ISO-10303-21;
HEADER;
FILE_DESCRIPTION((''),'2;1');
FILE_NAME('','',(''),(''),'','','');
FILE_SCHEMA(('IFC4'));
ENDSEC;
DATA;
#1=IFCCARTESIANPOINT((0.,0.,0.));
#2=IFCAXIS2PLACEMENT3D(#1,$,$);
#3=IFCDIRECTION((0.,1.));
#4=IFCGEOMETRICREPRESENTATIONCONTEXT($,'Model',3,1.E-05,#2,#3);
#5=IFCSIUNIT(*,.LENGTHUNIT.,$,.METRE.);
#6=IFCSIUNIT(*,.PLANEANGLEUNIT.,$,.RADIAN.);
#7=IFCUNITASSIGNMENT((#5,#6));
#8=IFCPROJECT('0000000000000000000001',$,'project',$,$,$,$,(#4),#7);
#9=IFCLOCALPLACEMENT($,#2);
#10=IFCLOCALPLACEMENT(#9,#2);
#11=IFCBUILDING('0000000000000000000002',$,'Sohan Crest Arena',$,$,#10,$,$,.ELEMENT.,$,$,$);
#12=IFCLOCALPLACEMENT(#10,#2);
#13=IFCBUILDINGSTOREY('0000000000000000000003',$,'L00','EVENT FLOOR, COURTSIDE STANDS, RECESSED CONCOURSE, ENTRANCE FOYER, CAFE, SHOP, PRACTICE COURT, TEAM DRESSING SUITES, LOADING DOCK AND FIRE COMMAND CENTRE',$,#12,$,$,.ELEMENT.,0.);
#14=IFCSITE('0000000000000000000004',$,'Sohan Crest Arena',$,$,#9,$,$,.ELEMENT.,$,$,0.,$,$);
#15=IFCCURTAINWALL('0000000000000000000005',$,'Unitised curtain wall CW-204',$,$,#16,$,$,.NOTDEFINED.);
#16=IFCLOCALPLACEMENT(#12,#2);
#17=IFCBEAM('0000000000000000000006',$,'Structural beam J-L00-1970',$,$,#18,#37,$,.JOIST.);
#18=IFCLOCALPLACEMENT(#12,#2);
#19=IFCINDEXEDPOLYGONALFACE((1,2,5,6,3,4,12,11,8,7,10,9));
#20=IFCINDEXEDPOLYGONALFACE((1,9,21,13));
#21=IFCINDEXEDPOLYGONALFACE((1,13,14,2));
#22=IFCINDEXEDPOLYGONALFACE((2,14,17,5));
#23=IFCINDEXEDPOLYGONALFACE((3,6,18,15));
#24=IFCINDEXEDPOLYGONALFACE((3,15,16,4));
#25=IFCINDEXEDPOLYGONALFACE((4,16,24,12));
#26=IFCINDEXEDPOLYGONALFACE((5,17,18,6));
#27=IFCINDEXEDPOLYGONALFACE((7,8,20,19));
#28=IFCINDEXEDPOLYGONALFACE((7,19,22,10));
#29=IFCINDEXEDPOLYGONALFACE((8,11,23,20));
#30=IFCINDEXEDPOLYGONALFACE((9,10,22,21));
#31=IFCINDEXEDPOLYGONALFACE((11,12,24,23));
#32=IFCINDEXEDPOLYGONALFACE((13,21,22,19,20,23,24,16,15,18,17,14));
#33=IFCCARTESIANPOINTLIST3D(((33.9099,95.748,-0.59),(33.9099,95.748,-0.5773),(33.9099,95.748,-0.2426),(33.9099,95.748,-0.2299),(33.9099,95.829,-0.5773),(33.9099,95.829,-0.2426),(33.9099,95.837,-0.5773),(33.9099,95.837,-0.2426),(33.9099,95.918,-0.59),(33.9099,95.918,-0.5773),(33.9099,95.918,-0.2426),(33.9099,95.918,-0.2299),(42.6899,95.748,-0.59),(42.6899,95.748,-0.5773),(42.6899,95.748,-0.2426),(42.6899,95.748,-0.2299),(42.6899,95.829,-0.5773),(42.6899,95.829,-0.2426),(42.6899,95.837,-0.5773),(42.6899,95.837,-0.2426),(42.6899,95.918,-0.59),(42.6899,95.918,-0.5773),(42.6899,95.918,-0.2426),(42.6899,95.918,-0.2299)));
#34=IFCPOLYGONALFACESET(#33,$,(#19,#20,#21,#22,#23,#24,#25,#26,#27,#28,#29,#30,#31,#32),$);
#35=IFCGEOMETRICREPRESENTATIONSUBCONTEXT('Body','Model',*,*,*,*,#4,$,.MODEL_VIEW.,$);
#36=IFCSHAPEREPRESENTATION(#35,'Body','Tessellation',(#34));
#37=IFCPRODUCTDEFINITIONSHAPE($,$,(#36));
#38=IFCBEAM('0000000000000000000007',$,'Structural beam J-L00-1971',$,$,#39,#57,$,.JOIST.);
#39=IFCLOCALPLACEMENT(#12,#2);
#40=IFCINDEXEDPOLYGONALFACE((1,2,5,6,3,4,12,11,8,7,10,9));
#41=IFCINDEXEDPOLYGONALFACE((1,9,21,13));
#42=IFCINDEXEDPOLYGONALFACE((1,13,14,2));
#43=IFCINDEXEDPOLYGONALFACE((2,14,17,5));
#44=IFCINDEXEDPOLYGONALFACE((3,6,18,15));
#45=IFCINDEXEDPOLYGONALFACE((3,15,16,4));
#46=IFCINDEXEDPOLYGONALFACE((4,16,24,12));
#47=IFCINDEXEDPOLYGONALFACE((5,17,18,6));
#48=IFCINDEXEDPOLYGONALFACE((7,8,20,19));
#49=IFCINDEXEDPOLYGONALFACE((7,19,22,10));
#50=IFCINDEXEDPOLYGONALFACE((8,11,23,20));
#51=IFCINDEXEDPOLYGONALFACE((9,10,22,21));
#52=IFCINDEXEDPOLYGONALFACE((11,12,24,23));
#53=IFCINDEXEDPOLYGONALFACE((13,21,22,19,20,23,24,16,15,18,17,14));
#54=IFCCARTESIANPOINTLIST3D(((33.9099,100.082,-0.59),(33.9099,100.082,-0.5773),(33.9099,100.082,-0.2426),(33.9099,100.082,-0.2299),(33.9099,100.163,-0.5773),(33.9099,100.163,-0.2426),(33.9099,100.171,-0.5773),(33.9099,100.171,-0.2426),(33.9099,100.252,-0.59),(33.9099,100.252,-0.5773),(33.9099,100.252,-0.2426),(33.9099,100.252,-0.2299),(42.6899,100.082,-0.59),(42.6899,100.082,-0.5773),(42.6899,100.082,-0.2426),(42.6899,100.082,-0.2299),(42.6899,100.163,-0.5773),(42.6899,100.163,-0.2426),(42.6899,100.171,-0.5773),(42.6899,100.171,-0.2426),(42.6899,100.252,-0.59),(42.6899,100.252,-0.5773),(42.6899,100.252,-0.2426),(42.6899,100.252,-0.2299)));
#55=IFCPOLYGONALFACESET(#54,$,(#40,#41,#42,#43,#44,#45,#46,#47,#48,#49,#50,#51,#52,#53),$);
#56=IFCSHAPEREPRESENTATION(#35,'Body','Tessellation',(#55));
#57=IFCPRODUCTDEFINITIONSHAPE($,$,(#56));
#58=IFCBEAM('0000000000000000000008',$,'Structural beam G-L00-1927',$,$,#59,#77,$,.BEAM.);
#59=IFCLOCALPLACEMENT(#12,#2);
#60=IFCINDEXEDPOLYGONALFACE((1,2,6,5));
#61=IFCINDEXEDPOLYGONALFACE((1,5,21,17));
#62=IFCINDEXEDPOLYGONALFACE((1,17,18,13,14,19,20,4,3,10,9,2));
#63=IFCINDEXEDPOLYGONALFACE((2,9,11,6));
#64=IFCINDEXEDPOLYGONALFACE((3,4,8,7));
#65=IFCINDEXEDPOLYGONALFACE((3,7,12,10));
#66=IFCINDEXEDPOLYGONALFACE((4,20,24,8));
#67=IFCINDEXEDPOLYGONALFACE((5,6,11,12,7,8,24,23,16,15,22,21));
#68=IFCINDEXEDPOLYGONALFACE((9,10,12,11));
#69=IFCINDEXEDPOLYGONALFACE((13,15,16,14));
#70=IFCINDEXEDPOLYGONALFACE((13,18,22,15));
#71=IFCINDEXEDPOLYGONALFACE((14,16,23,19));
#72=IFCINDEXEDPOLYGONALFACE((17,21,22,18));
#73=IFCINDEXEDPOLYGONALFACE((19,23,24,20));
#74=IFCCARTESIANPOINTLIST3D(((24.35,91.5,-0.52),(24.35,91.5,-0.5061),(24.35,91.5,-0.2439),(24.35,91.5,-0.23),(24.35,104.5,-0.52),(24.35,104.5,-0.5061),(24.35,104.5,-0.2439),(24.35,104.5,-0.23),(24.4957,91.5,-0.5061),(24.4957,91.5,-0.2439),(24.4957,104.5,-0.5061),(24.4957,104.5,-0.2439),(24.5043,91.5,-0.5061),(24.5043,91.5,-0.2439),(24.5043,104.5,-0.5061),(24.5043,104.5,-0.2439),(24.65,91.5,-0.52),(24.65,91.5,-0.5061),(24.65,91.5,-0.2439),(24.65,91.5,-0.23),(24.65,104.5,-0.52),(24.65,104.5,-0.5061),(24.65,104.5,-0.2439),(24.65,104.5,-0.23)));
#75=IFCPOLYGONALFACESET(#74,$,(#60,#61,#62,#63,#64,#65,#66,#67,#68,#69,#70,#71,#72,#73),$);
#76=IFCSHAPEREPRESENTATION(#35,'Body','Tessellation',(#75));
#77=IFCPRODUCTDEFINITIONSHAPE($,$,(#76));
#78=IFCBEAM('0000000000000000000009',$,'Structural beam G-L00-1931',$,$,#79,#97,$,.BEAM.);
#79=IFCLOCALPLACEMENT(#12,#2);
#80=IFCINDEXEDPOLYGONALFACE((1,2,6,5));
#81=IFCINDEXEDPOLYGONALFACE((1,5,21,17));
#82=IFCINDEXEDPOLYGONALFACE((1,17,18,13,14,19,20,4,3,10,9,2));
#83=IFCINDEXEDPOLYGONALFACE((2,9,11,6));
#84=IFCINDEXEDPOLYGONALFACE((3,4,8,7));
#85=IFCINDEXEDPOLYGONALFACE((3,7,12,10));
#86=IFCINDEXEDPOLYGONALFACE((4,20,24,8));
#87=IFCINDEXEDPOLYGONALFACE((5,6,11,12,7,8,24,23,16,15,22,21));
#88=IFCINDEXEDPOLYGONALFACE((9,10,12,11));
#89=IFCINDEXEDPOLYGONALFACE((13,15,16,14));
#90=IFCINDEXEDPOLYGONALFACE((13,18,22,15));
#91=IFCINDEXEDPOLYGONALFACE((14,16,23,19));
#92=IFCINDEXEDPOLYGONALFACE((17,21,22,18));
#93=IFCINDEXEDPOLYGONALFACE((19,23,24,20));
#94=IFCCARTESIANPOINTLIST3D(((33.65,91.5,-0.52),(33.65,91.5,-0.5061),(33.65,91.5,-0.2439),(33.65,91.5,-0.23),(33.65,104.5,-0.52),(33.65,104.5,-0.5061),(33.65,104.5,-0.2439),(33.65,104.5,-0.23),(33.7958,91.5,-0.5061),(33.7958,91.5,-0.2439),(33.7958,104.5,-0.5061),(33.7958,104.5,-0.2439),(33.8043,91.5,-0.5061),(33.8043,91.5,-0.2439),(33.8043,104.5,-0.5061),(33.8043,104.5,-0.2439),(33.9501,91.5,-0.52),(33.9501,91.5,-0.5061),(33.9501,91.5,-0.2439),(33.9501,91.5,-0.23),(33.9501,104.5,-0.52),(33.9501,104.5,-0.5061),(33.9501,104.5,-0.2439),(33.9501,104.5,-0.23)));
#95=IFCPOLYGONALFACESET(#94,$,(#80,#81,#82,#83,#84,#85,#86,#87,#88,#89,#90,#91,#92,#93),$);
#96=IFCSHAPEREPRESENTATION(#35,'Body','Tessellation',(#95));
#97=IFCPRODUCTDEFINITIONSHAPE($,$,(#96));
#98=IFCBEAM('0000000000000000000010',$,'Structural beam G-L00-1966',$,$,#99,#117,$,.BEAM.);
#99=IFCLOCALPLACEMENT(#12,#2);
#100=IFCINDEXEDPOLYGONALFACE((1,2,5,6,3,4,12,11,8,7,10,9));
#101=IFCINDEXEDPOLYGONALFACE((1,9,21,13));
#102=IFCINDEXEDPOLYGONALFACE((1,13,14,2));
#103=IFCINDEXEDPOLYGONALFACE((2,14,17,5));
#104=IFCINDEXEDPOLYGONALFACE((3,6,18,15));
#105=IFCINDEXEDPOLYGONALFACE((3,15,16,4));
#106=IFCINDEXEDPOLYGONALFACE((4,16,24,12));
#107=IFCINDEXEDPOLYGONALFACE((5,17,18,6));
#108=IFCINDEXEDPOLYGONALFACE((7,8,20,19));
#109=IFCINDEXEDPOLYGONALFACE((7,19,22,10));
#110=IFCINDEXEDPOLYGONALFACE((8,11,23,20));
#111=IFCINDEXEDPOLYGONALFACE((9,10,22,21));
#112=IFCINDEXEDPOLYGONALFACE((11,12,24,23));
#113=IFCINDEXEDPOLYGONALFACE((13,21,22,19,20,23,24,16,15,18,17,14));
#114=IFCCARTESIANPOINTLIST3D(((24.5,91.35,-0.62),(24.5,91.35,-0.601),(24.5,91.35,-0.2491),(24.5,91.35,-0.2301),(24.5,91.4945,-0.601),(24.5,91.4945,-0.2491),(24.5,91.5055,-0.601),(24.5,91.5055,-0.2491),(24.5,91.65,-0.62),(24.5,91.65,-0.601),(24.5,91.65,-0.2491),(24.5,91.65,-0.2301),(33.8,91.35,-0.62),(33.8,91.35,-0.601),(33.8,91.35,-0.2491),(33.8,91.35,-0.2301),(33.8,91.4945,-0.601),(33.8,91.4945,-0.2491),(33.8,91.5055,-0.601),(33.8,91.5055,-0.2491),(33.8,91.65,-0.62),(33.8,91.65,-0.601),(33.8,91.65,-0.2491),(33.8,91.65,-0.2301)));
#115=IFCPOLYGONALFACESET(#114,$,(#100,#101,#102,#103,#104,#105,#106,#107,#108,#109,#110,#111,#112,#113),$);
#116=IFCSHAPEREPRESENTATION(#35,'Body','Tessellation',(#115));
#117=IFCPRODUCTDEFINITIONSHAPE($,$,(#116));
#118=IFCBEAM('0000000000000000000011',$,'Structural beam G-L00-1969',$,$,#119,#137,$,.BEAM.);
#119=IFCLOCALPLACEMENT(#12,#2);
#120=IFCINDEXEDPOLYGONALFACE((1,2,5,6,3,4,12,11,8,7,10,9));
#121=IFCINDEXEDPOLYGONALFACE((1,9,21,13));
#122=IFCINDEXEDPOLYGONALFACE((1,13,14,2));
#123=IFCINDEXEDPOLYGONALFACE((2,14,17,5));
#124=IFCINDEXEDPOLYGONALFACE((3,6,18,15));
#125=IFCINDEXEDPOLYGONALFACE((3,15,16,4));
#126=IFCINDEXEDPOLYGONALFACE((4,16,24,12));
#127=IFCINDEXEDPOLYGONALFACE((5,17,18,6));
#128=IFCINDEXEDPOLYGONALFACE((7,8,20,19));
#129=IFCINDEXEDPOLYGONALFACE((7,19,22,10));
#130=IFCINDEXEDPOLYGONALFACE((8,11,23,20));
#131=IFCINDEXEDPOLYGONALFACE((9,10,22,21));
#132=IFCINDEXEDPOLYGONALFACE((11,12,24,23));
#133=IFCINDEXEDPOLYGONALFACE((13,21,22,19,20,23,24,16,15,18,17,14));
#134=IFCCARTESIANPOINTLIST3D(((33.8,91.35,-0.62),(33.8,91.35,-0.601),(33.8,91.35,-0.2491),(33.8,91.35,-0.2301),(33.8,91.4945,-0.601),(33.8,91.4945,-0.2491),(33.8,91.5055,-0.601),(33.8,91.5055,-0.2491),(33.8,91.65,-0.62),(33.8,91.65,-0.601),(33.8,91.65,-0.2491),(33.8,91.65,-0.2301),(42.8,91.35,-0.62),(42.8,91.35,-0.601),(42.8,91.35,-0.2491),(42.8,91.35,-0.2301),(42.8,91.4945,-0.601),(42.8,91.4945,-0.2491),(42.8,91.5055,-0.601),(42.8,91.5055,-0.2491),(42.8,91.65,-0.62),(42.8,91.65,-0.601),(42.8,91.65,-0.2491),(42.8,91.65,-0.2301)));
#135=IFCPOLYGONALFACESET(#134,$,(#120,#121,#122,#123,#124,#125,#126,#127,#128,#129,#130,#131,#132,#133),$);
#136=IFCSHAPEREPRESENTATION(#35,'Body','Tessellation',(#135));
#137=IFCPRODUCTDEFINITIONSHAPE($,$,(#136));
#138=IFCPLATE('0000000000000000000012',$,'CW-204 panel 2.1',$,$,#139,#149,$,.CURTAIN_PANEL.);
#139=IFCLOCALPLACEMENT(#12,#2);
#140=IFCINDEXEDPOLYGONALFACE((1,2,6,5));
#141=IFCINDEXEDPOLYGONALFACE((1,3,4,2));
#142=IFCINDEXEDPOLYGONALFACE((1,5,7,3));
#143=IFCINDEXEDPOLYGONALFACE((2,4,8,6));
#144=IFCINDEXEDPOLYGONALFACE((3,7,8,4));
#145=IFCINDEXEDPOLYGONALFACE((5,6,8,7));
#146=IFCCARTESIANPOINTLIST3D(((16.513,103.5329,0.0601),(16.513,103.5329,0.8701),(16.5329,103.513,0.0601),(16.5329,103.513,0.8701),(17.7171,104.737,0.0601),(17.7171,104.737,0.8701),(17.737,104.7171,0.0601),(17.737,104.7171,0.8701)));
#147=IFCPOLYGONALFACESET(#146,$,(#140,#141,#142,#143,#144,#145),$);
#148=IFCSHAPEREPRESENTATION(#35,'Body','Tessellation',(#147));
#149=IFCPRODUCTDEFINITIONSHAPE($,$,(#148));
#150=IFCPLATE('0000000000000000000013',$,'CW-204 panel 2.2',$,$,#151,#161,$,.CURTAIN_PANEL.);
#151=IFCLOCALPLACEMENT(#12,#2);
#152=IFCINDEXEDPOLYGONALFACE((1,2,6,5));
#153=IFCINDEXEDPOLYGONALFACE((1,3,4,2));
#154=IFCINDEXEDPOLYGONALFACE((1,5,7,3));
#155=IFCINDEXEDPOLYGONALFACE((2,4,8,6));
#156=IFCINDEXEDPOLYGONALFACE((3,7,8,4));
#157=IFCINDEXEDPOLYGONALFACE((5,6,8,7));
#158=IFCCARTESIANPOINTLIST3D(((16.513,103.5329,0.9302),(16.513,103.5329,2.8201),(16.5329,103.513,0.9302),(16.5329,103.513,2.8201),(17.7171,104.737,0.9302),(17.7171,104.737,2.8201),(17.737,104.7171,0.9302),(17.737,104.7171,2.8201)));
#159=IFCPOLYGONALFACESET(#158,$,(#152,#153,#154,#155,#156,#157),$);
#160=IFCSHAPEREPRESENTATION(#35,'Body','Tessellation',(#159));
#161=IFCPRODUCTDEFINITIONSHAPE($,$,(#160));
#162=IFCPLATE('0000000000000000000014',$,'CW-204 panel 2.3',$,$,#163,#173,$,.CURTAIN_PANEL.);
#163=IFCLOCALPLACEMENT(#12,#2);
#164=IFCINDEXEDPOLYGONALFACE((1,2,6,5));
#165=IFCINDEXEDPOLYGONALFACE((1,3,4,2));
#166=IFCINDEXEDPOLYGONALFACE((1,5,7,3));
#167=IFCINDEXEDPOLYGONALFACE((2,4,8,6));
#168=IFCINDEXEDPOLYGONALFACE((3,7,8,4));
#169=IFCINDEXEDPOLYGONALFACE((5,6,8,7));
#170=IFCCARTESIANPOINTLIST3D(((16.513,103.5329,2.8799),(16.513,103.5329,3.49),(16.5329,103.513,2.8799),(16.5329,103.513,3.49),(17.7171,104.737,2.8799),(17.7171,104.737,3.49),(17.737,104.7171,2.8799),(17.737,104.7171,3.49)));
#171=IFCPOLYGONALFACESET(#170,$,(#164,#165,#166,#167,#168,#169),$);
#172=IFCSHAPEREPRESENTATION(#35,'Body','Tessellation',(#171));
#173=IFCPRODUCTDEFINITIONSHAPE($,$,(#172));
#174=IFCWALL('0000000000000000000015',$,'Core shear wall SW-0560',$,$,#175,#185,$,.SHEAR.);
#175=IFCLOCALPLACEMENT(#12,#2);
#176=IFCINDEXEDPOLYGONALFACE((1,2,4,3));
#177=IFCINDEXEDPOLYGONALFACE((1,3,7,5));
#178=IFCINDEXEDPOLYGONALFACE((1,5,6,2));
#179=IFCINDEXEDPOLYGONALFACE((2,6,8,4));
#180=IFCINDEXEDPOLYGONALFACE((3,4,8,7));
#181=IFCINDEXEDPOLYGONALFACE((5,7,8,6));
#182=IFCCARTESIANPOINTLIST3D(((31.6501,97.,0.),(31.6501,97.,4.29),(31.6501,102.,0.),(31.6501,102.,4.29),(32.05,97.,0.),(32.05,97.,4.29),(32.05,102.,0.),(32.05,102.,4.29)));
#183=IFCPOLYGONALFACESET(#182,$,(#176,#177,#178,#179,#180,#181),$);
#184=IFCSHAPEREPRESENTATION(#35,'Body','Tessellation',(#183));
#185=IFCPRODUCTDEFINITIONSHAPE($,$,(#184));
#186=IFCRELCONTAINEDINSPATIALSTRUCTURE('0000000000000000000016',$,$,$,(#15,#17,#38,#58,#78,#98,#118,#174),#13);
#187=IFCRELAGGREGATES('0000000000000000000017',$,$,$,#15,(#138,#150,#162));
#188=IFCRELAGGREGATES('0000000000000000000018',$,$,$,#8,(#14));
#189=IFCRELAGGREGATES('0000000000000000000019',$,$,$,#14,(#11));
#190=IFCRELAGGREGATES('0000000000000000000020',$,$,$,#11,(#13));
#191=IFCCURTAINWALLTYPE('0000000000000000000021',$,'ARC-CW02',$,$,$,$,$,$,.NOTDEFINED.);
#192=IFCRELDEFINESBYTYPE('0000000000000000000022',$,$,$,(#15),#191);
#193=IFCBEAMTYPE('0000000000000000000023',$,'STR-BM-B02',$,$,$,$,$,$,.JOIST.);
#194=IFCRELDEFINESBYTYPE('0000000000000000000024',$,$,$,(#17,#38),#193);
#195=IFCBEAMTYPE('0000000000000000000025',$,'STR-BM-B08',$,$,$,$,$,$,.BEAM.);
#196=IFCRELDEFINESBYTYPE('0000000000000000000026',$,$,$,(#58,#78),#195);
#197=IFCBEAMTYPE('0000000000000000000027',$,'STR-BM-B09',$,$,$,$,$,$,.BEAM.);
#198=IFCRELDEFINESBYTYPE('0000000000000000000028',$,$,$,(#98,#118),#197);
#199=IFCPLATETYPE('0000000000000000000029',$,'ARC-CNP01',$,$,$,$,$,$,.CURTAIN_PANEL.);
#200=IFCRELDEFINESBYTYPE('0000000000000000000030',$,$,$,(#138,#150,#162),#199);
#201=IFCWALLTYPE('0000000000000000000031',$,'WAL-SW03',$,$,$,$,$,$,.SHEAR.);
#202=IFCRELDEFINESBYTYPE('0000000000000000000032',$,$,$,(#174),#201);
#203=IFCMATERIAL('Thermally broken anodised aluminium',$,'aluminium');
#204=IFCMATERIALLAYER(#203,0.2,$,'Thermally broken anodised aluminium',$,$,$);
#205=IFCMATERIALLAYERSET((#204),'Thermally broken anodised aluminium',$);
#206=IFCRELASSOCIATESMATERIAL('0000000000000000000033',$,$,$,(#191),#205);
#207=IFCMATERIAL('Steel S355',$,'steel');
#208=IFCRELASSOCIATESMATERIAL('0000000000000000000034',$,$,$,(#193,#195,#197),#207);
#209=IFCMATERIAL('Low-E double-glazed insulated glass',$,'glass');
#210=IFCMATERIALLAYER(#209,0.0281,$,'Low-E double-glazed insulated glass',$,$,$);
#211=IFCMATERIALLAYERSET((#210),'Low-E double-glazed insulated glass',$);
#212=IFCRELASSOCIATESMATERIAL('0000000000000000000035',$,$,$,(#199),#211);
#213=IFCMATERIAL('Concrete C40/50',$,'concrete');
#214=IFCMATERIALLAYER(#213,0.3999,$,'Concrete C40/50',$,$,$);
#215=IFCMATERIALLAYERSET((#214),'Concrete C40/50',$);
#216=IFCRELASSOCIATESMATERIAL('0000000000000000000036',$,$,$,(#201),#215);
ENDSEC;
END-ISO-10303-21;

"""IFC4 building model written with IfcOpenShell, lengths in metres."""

from ifc_helpers import new_model, si_unit, direction, frame, frame_2d, origin, origin_2d, place, context, subcontext, project, spatial, rectangle, i_section, extrude, material, layer, layer_set, material_profile, profile_set, type_object, element, aggregate, save


model = new_model("IFC4")

# Units and contexts
model_context = context("Model", 3, precision=1e-05, world=origin(), true_north=direction((0.0, 1.0)))
body_context = subcontext(model_context, "Body", "Model", "MODEL_VIEW")
ifc_project = project(units=[si_unit("LENGTHUNIT", "METRE"), si_unit("PLANEANGLEUNIT", "RADIAN")], contexts=[model_context])

# Site, building, storey
site_placement = place(None, origin())
site = spatial("IfcSite", under=ifc_project, at=site_placement, Name="Sohan Crest Arena", CompositionType="ELEMENT", RefElevation=0.0)
building_placement = place(site_placement, origin())
building = spatial("IfcBuilding", under=site, at=building_placement, Name="Sohan Crest Arena", CompositionType="ELEMENT")
storey_placement = place(building_placement, origin())
storey = spatial("IfcBuildingStorey", under=building, at=storey_placement, Name="L00", Description="EVENT FLOOR, COURTSIDE STANDS, RECESSED CONCOURSE, ENTRANCE FOYER, CAFE, SHOP, PRACTICE COURT, TEAM DRESSING SUITES, LOADING DOCK AND FIRE COMMAND CENTRE", CompositionType="ELEMENT", Elevation=0.0)

# Shared definitions
ifc_material_1 = material(Name="Concrete C40/50", Category="concrete")

# Curtain wall
ifc_material_2 = material(Name="Thermally broken anodised aluminium", Category="aluminium")
ifc_layer_1 = layer(ifc_material_2, 0.2, Name="Thermally broken anodised aluminium")
ifc_layer_set_1 = layer_set([ifc_layer_1], Name="Thermally broken anodised aluminium")
curtain_wall_type = type_object("IfcCurtainWallType", Name="ARC-CW02", PredefinedType="NOTDEFINED", material=ifc_layer_set_1)
curtain_wall_placement = place(storey_placement, origin())
curtain_wall = element("IfcCurtainWall", 1, at=curtain_wall_placement, inside=storey, type_object=curtain_wall_type, Name="Unitised curtain wall CW-204", PredefinedType="NOTDEFINED")

# Beams
ifc_material_3 = material(Name="Steel S355", Category="steel")
ifc_material_profile_1 = material_profile(ifc_material_3, i_section(OverallWidth=0.1699, OverallDepth=0.3601, WebThickness=0.0081, FlangeThickness=0.0127, at=origin_2d()), Name="IPE 360")
ifc_profile_set_1 = profile_set([ifc_material_profile_1], Name="Steel S355")
beam_type_1 = type_object("IfcBeamType", Name="STR-BM-B02", PredefinedType="JOIST", material=ifc_profile_set_1)
for number, where, z_axis, x_axis, name in (
    (2, (33.9099, 95.833, -0.4099), (1.0, 0.0, 0.0), (0.0, 1.0, 0.0), "Structural beam J-L00-1970"),
    (3, (33.9099, 100.167, -0.4099), (1.0, 0.0, 0.0), (0.0, 1.0, 0.0), "Structural beam J-L00-1971"),
):
    element("IfcBeam", number, at=place(storey_placement, frame(where, z_axis=z_axis, x_axis=x_axis)), inside=storey, type_object=beam_type_1, Name=name, PredefinedType="JOIST", context=body_context, shape_type="SweptSolid", body=[
        extrude(i_section(OverallWidth=0.1699, OverallDepth=0.3601, WebThickness=0.0081, FlangeThickness=0.0127, at=origin_2d()), origin(), (0.0, 0.0, 1.0), 8.78),
    ])
ifc_material_profile_2 = material_profile(ifc_material_3, i_section(OverallWidth=0.3, OverallDepth=0.29, WebThickness=0.0085, FlangeThickness=0.0139, at=origin_2d()), Name="HEA 300")
ifc_profile_set_2 = profile_set([ifc_material_profile_2], Name="Steel S355")
beam_type_2 = type_object("IfcBeamType", Name="STR-BM-B08", PredefinedType="BEAM", material=ifc_profile_set_2)
for number, where, z_axis, x_axis, name in (
    (4, (24.5, 91.5, -0.375), (0.0, 1.0, 0.0), (-1.0, 0.0, 0.0), "Structural beam G-L00-1927"),
    (5, (33.8, 91.5, -0.375), (0.0, 1.0, 0.0), (-1.0, 0.0, 0.0), "Structural beam G-L00-1931"),
):
    element("IfcBeam", number, at=place(storey_placement, frame(where, z_axis=z_axis, x_axis=x_axis)), inside=storey, type_object=beam_type_2, Name=name, PredefinedType="BEAM", context=body_context, shape_type="SweptSolid", body=[
        extrude(i_section(OverallWidth=0.3, OverallDepth=0.29, WebThickness=0.0085, FlangeThickness=0.0139, at=origin_2d()), origin(), (0.0, 0.0, 1.0), 13.0),
    ])
ifc_material_profile_3 = material_profile(ifc_material_3, i_section(OverallWidth=0.3, OverallDepth=0.3899, WebThickness=0.011, FlangeThickness=0.019, at=origin_2d()), Name="HEA 400")
ifc_profile_set_3 = profile_set([ifc_material_profile_3], Name="Steel S355")
beam_type_3 = type_object("IfcBeamType", Name="STR-BM-B09", PredefinedType="BEAM", material=ifc_profile_set_3)
beam_1_placement = place(storey_placement, frame((24.5, 91.5, -0.425), z_axis=(1.0, 0.0, 0.0), x_axis=(0.0, 1.0, 0.0)))
element("IfcBeam", 6, at=beam_1_placement, inside=storey, type_object=beam_type_3, Name="Structural beam G-L00-1966", PredefinedType="BEAM", context=body_context, shape_type="SweptSolid", body=[
    extrude(i_section(OverallWidth=0.3, OverallDepth=0.3899, WebThickness=0.011, FlangeThickness=0.019, at=origin_2d()), origin(), (0.0, 0.0, 1.0), 9.3),
])
beam_2_placement = place(storey_placement, frame((33.8, 91.5, -0.425), z_axis=(1.0, 0.0, 0.0), x_axis=(0.0, 1.0, 0.0)))
element("IfcBeam", 7, at=beam_2_placement, inside=storey, type_object=beam_type_3, Name="Structural beam G-L00-1969", PredefinedType="BEAM", context=body_context, shape_type="SweptSolid", body=[
    extrude(i_section(OverallWidth=0.3, OverallDepth=0.3899, WebThickness=0.011, FlangeThickness=0.019, at=origin_2d()), origin(), (0.0, 0.0, 1.0), 9.0),
])

# Plates
ifc_material_4 = material(Name="Low-E double-glazed insulated glass", Category="glass")
ifc_layer_2 = layer(ifc_material_4, 0.0281, Name="Low-E double-glazed insulated glass")
ifc_layer_set_2 = layer_set([ifc_layer_2], Name="Low-E double-glazed insulated glass")
plate_type = type_object("IfcPlateType", Name="ARC-CNP01", PredefinedType="CURTAIN_PANEL", material=ifc_layer_set_2)
plate_1_placement = place(storey_placement, frame((17.125, 104.125, 0.0601), z_axis=(0.0, 0.0, 1.0), x_axis=(-0.707107, -0.707107, 0.0)))
plate_1 = element("IfcPlate", 8, at=plate_1_placement, type_object=plate_type, Name="CW-204 panel 2.1", PredefinedType="CURTAIN_PANEL", context=body_context, shape_type="SweptSolid", body=[
    extrude(rectangle(XDim=1.7029, YDim=0.0281, at=origin_2d()), origin(), (0.0, 0.0, 1.0), 0.8101),
])
plate_2_placement = place(storey_placement, frame((17.125, 104.125, 0.9302), z_axis=(0.0, 0.0, 1.0), x_axis=(-0.707107, -0.707107, 0.0)))
plate_2 = element("IfcPlate", 9, at=plate_2_placement, type_object=plate_type, Name="CW-204 panel 2.2", PredefinedType="CURTAIN_PANEL", context=body_context, shape_type="SweptSolid", body=[
    extrude(rectangle(XDim=1.7029, YDim=0.0281, at=origin_2d()), origin(), (0.0, 0.0, 1.0), 1.8899),
])
plate_3_placement = place(storey_placement, frame((17.125, 104.125, 2.8799), z_axis=(0.0, 0.0, 1.0), x_axis=(-0.707107, -0.707107, 0.0)))
plate_3 = element("IfcPlate", 10, at=plate_3_placement, type_object=plate_type, Name="CW-204 panel 2.3", PredefinedType="CURTAIN_PANEL", context=body_context, shape_type="SweptSolid", body=[
    extrude(rectangle(XDim=1.7029, YDim=0.0281, at=origin_2d()), origin(), (0.0, 0.0, 1.0), 0.6101),
])
aggregate(curtain_wall, [plate_1, plate_2, plate_3])

# Wall
ifc_layer_3 = layer(ifc_material_1, 0.3999, Name="Concrete C40/50")
ifc_layer_set_3 = layer_set([ifc_layer_3], Name="Concrete C40/50")
wall_type = type_object("IfcWallType", Name="WAL-SW03", PredefinedType="SHEAR", material=ifc_layer_set_3)
wall_1_placement = place(storey_placement, frame((31.8501, 97.0, 0.0), z_axis=(0.0, 0.0, 1.0), x_axis=(0.0, 1.0, 0.0)))
element("IfcWall", 11, at=wall_1_placement, inside=storey, type_object=wall_type, Name="Core shear wall SW-0560", PredefinedType="SHEAR", context=body_context, shape_type="SweptSolid", body=[
    extrude(rectangle(XDim=5.0, YDim=0.3999, at=frame_2d((2.5, 0.0))), origin(), (0.0, 0.0, 1.0), 4.29),
])

save(model, "model.ifc")
